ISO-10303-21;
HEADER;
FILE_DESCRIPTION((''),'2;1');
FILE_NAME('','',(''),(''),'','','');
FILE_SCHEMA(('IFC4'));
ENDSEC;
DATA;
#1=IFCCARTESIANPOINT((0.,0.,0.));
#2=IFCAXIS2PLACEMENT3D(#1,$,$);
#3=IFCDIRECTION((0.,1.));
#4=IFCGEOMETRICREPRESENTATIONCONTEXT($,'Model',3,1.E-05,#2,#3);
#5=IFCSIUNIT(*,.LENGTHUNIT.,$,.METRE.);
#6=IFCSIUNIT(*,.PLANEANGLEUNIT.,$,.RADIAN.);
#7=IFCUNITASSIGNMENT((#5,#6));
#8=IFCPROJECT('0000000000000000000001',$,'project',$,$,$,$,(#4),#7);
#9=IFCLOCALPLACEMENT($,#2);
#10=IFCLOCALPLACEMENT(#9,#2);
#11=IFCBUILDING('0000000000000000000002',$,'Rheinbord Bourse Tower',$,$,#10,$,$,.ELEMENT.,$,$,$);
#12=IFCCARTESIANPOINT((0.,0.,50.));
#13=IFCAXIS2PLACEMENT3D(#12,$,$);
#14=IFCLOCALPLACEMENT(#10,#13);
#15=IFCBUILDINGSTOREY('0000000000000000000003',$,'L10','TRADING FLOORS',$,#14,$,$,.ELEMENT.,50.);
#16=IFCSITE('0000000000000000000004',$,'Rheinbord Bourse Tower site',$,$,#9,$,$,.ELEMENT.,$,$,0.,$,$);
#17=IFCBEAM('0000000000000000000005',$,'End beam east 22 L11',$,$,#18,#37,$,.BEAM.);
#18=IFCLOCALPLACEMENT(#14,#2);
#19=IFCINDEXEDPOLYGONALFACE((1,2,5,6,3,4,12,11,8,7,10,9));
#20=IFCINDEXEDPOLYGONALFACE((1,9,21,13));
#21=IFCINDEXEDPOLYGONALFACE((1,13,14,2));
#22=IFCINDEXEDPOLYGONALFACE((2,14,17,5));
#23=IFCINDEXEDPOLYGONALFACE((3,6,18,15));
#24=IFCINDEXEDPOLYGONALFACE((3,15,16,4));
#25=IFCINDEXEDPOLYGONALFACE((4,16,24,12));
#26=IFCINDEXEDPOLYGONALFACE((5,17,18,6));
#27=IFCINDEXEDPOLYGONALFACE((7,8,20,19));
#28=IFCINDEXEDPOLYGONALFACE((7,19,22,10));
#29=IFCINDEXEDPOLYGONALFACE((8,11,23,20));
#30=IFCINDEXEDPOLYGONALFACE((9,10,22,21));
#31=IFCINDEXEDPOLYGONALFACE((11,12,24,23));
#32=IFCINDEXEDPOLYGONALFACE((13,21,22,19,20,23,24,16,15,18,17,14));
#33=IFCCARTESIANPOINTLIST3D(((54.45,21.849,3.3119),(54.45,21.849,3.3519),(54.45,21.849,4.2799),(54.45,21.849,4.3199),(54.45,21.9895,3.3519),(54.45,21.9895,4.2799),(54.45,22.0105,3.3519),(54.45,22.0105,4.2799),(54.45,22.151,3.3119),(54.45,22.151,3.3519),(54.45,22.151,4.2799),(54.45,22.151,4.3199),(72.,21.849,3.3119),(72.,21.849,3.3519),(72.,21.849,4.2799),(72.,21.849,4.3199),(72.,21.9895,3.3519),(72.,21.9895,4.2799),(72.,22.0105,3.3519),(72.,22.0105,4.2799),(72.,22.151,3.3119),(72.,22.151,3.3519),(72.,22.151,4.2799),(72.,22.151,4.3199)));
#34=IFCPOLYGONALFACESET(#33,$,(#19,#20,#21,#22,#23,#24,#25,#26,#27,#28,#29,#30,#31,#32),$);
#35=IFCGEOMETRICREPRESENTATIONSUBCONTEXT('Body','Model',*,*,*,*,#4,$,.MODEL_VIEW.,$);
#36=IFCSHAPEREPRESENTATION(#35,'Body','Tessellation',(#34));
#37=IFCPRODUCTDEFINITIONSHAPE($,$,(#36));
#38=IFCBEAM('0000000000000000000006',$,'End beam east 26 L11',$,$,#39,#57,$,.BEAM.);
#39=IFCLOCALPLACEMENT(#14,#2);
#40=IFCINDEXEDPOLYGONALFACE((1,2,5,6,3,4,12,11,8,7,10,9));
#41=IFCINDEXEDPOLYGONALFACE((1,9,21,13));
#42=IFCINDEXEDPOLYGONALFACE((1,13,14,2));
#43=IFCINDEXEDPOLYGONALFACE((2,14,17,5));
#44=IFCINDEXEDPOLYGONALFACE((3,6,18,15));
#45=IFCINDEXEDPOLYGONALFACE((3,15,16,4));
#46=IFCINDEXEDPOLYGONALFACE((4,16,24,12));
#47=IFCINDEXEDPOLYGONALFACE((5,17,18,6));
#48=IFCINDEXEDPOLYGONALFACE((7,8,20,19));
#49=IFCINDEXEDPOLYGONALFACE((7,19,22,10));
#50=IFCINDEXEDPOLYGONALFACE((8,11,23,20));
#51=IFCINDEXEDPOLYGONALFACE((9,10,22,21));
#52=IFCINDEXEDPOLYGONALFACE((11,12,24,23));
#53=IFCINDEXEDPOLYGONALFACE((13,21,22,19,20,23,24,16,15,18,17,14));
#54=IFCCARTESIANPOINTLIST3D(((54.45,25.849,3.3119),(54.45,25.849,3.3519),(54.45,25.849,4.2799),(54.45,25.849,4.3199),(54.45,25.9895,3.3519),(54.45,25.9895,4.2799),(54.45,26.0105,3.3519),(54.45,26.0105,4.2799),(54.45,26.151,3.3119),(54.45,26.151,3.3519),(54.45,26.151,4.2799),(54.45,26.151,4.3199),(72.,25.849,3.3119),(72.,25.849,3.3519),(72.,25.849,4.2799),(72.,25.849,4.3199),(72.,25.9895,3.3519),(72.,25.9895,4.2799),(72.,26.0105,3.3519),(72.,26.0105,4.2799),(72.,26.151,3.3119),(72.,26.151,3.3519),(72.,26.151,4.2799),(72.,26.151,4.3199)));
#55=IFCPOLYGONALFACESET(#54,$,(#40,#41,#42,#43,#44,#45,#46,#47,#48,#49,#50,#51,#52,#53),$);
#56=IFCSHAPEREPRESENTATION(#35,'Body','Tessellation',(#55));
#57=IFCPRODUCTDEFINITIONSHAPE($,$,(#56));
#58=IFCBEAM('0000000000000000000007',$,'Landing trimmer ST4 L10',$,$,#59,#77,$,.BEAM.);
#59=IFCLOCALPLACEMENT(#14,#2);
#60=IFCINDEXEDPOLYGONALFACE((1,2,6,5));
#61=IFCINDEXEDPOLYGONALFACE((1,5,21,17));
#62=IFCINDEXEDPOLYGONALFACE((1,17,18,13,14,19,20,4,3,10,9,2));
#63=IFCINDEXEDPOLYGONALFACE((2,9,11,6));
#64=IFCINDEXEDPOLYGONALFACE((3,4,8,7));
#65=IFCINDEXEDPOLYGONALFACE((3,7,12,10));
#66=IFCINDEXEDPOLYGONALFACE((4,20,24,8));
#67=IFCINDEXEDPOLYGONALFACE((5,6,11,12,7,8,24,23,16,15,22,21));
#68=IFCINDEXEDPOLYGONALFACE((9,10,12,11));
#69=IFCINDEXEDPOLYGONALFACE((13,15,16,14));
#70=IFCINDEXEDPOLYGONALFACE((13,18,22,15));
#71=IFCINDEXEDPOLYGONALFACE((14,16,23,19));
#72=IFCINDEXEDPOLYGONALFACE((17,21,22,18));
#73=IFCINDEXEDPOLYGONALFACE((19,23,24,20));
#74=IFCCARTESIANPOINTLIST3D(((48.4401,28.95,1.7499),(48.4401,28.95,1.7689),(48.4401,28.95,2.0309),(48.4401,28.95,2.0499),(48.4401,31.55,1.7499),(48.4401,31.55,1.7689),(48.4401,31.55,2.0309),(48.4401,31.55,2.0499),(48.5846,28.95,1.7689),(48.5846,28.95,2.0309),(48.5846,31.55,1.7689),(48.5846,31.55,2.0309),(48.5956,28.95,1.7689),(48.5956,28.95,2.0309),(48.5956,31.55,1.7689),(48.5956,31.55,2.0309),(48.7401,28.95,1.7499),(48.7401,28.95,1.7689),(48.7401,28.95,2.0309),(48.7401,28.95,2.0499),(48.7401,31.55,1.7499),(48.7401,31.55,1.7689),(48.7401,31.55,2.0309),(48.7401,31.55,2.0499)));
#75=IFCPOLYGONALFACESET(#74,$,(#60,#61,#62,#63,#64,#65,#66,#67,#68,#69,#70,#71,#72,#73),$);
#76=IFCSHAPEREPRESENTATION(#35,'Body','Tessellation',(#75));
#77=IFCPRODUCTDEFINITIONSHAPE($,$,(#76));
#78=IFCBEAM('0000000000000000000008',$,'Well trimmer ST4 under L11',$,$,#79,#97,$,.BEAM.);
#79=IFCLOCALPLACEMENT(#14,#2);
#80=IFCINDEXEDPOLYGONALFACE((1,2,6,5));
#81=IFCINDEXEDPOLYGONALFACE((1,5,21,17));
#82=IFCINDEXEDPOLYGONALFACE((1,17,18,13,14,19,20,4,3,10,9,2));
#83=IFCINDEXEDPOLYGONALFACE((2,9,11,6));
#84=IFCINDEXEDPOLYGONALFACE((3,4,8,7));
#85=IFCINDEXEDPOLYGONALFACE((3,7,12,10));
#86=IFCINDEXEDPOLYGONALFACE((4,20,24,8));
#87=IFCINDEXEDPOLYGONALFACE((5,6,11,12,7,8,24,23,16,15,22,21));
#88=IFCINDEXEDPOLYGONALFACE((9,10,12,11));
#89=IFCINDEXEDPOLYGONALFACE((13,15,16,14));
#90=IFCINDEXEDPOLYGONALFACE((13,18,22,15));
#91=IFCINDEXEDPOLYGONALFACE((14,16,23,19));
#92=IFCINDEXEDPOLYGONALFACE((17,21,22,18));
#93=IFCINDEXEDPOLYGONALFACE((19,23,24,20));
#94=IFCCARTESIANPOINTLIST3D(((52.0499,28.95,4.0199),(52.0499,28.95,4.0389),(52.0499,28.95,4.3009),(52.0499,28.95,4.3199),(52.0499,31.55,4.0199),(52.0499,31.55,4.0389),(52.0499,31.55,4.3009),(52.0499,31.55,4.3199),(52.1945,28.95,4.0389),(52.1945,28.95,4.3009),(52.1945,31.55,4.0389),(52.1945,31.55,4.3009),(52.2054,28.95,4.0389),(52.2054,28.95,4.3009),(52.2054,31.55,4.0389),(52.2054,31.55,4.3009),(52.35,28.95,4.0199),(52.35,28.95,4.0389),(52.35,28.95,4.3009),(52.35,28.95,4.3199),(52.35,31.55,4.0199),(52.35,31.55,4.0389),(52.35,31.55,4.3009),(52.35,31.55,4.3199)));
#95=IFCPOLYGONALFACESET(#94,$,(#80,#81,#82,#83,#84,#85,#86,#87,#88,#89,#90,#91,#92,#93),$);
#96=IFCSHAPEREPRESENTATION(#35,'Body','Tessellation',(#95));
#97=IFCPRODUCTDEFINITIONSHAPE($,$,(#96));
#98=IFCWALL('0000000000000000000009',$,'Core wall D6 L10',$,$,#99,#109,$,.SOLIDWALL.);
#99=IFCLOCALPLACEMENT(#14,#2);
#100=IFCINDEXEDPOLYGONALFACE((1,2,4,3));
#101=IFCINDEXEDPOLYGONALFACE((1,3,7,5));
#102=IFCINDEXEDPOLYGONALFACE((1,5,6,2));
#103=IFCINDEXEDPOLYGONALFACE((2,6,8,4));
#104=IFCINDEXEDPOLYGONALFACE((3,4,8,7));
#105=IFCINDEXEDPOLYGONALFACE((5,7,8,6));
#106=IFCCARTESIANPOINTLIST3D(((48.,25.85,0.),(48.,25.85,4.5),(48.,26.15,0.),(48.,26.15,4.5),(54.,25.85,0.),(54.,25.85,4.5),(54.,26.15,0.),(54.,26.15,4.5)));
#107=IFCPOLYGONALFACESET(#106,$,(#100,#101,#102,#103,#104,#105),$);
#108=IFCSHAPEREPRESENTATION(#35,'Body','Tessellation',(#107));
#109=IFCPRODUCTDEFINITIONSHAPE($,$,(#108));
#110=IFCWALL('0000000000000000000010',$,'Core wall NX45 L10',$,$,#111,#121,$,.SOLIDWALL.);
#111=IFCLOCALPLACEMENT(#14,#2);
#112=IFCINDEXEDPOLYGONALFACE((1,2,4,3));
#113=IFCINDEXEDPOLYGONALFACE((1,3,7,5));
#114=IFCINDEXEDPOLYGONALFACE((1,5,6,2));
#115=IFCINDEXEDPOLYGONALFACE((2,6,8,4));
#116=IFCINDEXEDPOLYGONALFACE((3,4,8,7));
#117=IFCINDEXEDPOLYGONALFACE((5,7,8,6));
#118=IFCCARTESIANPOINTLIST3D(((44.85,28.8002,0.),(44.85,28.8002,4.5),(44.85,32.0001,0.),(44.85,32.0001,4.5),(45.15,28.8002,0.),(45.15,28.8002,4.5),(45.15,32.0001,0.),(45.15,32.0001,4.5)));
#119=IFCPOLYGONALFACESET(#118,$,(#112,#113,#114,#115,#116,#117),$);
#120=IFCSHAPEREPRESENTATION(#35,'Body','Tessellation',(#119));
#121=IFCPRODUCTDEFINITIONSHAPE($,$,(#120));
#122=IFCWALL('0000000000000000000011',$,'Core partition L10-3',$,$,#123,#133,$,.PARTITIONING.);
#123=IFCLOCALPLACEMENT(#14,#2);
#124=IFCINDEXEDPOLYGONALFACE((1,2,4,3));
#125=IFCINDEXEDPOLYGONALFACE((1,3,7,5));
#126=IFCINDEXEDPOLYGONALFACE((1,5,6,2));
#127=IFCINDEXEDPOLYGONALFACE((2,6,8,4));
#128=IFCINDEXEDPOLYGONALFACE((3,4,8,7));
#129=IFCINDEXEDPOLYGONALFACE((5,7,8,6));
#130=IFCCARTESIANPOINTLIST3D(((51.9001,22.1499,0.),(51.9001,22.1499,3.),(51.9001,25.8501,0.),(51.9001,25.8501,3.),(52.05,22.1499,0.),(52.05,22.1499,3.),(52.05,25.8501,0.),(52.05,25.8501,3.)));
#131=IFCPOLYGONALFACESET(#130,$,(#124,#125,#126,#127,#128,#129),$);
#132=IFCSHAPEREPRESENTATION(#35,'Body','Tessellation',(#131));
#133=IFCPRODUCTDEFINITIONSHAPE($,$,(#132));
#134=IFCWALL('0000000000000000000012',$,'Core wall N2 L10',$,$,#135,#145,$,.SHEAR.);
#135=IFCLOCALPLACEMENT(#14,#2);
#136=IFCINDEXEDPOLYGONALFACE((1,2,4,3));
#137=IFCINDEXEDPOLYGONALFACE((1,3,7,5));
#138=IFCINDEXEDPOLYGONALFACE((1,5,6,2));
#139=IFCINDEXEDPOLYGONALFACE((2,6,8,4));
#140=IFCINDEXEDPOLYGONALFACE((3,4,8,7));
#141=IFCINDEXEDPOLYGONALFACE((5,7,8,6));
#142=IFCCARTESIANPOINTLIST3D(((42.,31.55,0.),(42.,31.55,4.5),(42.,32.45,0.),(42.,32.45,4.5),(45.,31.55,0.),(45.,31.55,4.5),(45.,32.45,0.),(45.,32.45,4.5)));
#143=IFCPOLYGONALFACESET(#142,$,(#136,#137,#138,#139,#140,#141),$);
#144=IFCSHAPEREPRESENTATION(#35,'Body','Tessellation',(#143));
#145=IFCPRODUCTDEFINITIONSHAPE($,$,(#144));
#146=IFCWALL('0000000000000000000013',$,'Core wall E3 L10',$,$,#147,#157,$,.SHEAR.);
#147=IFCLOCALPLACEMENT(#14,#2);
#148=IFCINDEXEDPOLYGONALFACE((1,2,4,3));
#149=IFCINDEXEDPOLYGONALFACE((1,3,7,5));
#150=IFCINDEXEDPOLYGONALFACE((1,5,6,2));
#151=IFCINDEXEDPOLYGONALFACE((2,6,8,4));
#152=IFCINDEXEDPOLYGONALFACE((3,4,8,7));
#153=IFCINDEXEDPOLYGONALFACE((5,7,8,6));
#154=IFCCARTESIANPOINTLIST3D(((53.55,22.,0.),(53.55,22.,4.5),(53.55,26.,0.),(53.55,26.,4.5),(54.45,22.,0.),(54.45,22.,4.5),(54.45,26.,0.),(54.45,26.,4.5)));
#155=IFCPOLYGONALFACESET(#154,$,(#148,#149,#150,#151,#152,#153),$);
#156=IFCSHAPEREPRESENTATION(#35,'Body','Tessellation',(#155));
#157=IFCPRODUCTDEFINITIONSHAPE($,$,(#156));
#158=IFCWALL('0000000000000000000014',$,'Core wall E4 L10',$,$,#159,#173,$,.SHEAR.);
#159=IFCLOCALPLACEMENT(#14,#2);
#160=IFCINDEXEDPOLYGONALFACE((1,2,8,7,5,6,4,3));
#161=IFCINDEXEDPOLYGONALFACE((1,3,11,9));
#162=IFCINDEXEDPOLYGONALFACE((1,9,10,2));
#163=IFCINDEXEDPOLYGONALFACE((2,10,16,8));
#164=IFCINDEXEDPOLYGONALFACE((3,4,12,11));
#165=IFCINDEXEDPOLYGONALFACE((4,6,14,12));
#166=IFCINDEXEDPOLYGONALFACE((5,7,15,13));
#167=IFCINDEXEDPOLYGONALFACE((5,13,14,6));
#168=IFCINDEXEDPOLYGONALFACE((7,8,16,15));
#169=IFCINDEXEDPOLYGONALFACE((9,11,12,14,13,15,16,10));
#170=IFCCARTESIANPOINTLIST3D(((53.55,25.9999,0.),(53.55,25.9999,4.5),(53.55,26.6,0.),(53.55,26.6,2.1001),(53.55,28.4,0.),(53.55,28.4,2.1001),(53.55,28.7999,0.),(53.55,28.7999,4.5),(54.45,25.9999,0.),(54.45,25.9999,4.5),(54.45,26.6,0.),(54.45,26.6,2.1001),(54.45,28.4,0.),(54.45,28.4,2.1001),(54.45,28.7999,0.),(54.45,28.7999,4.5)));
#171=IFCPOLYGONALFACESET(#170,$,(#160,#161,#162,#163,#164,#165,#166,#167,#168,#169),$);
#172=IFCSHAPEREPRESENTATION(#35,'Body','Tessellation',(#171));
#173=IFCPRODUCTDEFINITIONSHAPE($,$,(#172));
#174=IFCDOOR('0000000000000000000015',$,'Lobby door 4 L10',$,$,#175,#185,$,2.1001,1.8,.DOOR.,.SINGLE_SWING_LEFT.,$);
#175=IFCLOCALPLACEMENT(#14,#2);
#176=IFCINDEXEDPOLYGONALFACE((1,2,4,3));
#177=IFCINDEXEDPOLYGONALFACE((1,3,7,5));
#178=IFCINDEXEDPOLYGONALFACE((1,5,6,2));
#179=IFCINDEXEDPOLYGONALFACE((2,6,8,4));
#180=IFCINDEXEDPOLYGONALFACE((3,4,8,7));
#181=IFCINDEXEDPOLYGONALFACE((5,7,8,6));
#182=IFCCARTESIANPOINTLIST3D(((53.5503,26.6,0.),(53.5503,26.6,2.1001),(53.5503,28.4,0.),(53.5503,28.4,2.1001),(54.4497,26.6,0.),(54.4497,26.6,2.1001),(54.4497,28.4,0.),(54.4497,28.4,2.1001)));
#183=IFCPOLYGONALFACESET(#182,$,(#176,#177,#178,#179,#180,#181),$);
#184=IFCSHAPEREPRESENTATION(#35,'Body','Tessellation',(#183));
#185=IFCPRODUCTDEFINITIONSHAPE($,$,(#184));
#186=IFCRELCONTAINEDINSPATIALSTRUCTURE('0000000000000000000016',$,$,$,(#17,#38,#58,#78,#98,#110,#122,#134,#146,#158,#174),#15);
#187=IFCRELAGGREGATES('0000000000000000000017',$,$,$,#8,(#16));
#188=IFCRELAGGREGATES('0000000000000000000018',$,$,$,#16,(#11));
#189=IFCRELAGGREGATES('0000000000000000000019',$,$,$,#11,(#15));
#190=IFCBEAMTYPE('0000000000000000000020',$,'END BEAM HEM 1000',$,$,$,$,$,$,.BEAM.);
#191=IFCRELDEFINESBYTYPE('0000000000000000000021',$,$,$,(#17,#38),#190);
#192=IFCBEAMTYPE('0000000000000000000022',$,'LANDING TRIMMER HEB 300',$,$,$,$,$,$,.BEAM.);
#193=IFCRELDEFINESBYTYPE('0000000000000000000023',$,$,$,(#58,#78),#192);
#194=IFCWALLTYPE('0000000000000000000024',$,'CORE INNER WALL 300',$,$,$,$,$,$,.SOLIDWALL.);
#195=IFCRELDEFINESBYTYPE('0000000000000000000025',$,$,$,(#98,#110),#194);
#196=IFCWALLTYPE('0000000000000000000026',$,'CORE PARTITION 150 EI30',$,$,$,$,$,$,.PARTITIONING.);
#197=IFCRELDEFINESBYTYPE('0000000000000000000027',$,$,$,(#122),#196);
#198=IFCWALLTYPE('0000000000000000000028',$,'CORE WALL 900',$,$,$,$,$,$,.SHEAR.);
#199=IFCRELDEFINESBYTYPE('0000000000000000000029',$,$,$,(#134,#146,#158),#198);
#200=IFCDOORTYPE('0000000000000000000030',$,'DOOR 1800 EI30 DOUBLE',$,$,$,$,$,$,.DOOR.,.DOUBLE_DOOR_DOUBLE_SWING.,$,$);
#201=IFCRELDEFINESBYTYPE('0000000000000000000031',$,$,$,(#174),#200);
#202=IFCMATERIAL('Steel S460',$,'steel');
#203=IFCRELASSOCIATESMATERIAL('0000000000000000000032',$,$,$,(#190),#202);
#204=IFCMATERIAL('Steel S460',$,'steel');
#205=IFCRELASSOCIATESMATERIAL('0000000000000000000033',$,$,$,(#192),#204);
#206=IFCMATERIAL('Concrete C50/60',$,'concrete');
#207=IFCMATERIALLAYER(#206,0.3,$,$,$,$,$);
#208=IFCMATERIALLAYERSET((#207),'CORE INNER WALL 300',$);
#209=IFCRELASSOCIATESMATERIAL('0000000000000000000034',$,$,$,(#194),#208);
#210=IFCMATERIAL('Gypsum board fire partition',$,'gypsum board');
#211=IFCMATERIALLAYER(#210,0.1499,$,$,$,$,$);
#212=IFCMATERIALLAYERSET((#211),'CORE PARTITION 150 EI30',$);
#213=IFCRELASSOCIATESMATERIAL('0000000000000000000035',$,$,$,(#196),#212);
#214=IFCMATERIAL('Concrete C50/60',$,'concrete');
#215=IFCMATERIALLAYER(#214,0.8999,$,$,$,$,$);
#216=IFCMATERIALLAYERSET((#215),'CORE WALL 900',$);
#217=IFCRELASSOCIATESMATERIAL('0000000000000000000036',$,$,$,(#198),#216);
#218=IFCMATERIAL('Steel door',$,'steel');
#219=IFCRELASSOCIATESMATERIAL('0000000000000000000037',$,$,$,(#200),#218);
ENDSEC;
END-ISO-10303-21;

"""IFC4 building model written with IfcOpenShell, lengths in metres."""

from ifc_helpers import new_model, si_unit, direction, frame, frame_2d, origin, origin_2d, place, context, subcontext, project, spatial, rectangle, i_section, extrude, material, layer, layer_set, material_profile, profile_set, type_object, element, fill, save


model = new_model("IFC4")

# Units and contexts
model_context = context("Model", 3, precision=1e-05, world=origin(), true_north=direction((0.0, 1.0)))
body_context = subcontext(model_context, "Body", "Model", "MODEL_VIEW")
ifc_project = project(units=[si_unit("LENGTHUNIT", "METRE"), si_unit("PLANEANGLEUNIT", "RADIAN")], contexts=[model_context])

# Site, building, storey
site_placement = place(None, origin())
site = spatial("IfcSite", under=ifc_project, at=site_placement, Name="Rheinbord Bourse Tower site", CompositionType="ELEMENT", RefElevation=0.0)
building_placement = place(site_placement, origin())
building = spatial("IfcBuilding", under=site, at=building_placement, Name="Rheinbord Bourse Tower", CompositionType="ELEMENT")
storey_placement = place(building_placement, frame((0.0, 0.0, 50.0)))
storey = spatial("IfcBuildingStorey", under=building, at=storey_placement, Name="L10", Description="TRADING FLOORS", CompositionType="ELEMENT", Elevation=50.0)

# Beams
ifc_material_1 = material(Name="Steel S460", Category="steel")
ifc_material_profile_1 = material_profile(ifc_material_1, i_section(OverallWidth=0.302, OverallDepth=1.0081, WebThickness=0.021, FlangeThickness=0.04, at=origin_2d()), Name="HEM 1000")
ifc_profile_set_1 = profile_set([ifc_material_profile_1], Name="Steel S460")
beam_type_1 = type_object("IfcBeamType", Name="END BEAM HEM 1000", PredefinedType="BEAM", material=ifc_profile_set_1)
for number, where, z_axis, x_axis, name in (
    (1, (54.45, 22.0, 3.8159), (1.0, 0.0, 0.0), (0.0, 1.0, 0.0), "End beam east 22 L11"),
    (2, (54.45, 26.0, 3.8159), (1.0, 0.0, 0.0), (0.0, 1.0, 0.0), "End beam east 26 L11"),
):
    element("IfcBeam", number, at=place(storey_placement, frame(where, z_axis=z_axis, x_axis=x_axis)), inside=storey, type_object=beam_type_1, Name=name, PredefinedType="BEAM", context=body_context, shape_type="SweptSolid", body=[
        extrude(i_section(OverallWidth=0.302, OverallDepth=1.0081, WebThickness=0.021, FlangeThickness=0.04, at=origin_2d()), origin(), (0.0, 0.0, 1.0), 17.55),
    ])
ifc_material_2 = material(Name="Steel S460", Category="steel")
ifc_material_profile_2 = material_profile(ifc_material_2, i_section(OverallWidth=0.3, OverallDepth=0.3, WebThickness=0.011, FlangeThickness=0.019, at=origin_2d()), Name="HEB 300")
ifc_profile_set_2 = profile_set([ifc_material_profile_2], Name="Steel S460")
beam_type_2 = type_object("IfcBeamType", Name="LANDING TRIMMER HEB 300", PredefinedType="BEAM", material=ifc_profile_set_2)
for number, where, z_axis, x_axis, name in (
    (3, (48.5901, 28.95, 1.8999), (0.0, 1.0, 0.0), (-1.0, 0.0, 0.0), "Landing trimmer ST4 L10"),
    (4, (52.2, 28.95, 4.1699), (0.0, 1.0, 0.0), (-1.0, 0.0, 0.0), "Well trimmer ST4 under L11"),
):
    element("IfcBeam", number, at=place(storey_placement, frame(where, z_axis=z_axis, x_axis=x_axis)), inside=storey, type_object=beam_type_2, Name=name, PredefinedType="BEAM", context=body_context, shape_type="SweptSolid", body=[
        extrude(i_section(OverallWidth=0.3, OverallDepth=0.3, WebThickness=0.011, FlangeThickness=0.019, at=origin_2d()), origin(), (0.0, 0.0, 1.0), 2.6001),
    ])

# Walls
ifc_material_3 = material(Name="Concrete C50/60", Category="concrete")
ifc_layer_1 = layer(ifc_material_3, 0.3)
ifc_layer_set_1 = layer_set([ifc_layer_1], Name="CORE INNER WALL 300")
wall_type_1 = type_object("IfcWallType", Name="CORE INNER WALL 300", PredefinedType="SOLIDWALL", material=ifc_layer_set_1)
wall_1_placement = place(storey_placement, frame((48.0, 26.0, 0.0), z_axis=(0.0, 0.0, 1.0), x_axis=(1.0, 0.0, 0.0)))
element("IfcWall", 5, at=wall_1_placement, inside=storey, type_object=wall_type_1, Name="Core wall D6 L10", PredefinedType="SOLIDWALL", context=body_context, shape_type="SweptSolid", body=[
    extrude(rectangle(XDim=6.0, YDim=0.3, at=frame_2d((3.0, 0.0))), origin(), (0.0, 0.0, 1.0), 4.5),
])
wall_2_placement = place(storey_placement, frame((45.0, 28.8, 0.0), z_axis=(0.0, 0.0, 1.0), x_axis=(0.0, 1.0, 0.0)))
element("IfcWall", 6, at=wall_2_placement, inside=storey, type_object=wall_type_1, Name="Core wall NX45 L10", PredefinedType="SOLIDWALL", context=body_context, shape_type="SweptSolid", body=[
    extrude(rectangle(XDim=3.2, YDim=0.3, at=frame_2d((1.6001, 0.0))), origin(), (0.0, 0.0, 1.0), 4.5),
])
ifc_material_4 = material(Name="Gypsum board fire partition", Category="gypsum board")
ifc_layer_2 = layer(ifc_material_4, 0.1499)
ifc_layer_set_2 = layer_set([ifc_layer_2], Name="CORE PARTITION 150 EI30")
wall_type_2 = type_object("IfcWallType", Name="CORE PARTITION 150 EI30", PredefinedType="PARTITIONING", material=ifc_layer_set_2)
wall_3_placement = place(storey_placement, frame((51.9751, 22.1499, 0.0), z_axis=(0.0, 0.0, 1.0), x_axis=(0.0, 1.0, 0.0)))
element("IfcWall", 7, at=wall_3_placement, inside=storey, type_object=wall_type_2, Name="Core partition L10-3", PredefinedType="PARTITIONING", context=body_context, shape_type="SweptSolid", body=[
    extrude(rectangle(XDim=3.7002, YDim=0.1499, at=frame_2d((1.8501, 0.0))), origin(), (0.0, 0.0, 1.0), 3.0),
])
ifc_material_5 = material(Name="Concrete C50/60", Category="concrete")
ifc_layer_3 = layer(ifc_material_5, 0.8999)
ifc_layer_set_3 = layer_set([ifc_layer_3], Name="CORE WALL 900")
wall_type_3 = type_object("IfcWallType", Name="CORE WALL 900", PredefinedType="SHEAR", material=ifc_layer_set_3)
wall_4_placement = place(storey_placement, frame((45.0, 32.0, 0.0), z_axis=(0.0, 0.0, 1.0), x_axis=(-1.0, 0.0, 0.0)))
element("IfcWall", 8, at=wall_4_placement, inside=storey, type_object=wall_type_3, Name="Core wall N2 L10", PredefinedType="SHEAR", context=body_context, shape_type="SweptSolid", body=[
    extrude(rectangle(XDim=3.0, YDim=0.8999, at=frame_2d((1.5, 0.0))), origin(), (0.0, 0.0, 1.0), 4.5),
])
wall_5_placement = place(storey_placement, frame((54.0, 22.0, 0.0), z_axis=(0.0, 0.0, 1.0), x_axis=(0.0, 1.0, 0.0)))
element("IfcWall", 9, at=wall_5_placement, inside=storey, type_object=wall_type_3, Name="Core wall E3 L10", PredefinedType="SHEAR", context=body_context, shape_type="SweptSolid", body=[
    extrude(rectangle(XDim=4.0, YDim=0.8999, at=frame_2d((2.0, 0.0))), origin(), (0.0, 0.0, 1.0), 4.5),
])

# Wall, opening, door
wall_6_placement = place(storey_placement, frame((54.0, 26.0, 0.0), z_axis=(0.0, 0.0, 1.0), x_axis=(0.0, 1.0, 0.0)))
wall_6 = element("IfcWall", 10, at=wall_6_placement, inside=storey, type_object=wall_type_3, Name="Core wall E4 L10", PredefinedType="SHEAR", context=body_context, shape_type="SweptSolid", body=[
    extrude(rectangle(XDim=2.8, YDim=0.8999, at=frame_2d((1.3999, 0.0))), origin(), (0.0, 0.0, 1.0), 4.5),
])
opening_1_placement = place(wall_6_placement, frame((0.6001, 0.0, 0.0)))
opening_1 = element("IfcOpeningElement", 11, at=opening_1_placement, cuts=wall_6, PredefinedType="OPENING", context=body_context, shape_type="SweptSolid", body=[
    extrude(rectangle(XDim=1.8, YDim=2.1001, at=frame_2d((0.8999, 1.05))), frame((0.0, 0.46, 0.0), z_axis=(0.0, -1.0, 0.0), x_axis=(1.0, 0.0, 0.0)), (0.0, 0.0, 1.0), 0.9199),
])
ifc_material_6 = material(Name="Steel door", Category="steel")
door_type_1 = type_object("IfcDoorType", Name="DOOR 1800 EI30 DOUBLE", OperationType="DOUBLE_DOOR_DOUBLE_SWING", PredefinedType="DOOR", material=ifc_material_6)
door_1_placement = place(opening_1_placement, origin())
door_1 = element("IfcDoor", 12, at=door_1_placement, inside=storey, type_object=door_type_1, Name="Lobby door 4 L10", OperationType="SINGLE_SWING_LEFT", OverallHeight=2.1001, OverallWidth=1.8, PredefinedType="DOOR", context=body_context, shape_type="SweptSolid", body=[
    extrude(rectangle(XDim=1.8, YDim=2.1001, at=frame_2d((0.8999, 1.05))), frame((0.0, 0.4497, 0.0), z_axis=(0.0, -1.0, 0.0), x_axis=(1.0, 0.0, 0.0)), (0.0, 0.0, 1.0), 0.8994),
])
fill(opening_1, door_1)

save(model, "model.ifc")
